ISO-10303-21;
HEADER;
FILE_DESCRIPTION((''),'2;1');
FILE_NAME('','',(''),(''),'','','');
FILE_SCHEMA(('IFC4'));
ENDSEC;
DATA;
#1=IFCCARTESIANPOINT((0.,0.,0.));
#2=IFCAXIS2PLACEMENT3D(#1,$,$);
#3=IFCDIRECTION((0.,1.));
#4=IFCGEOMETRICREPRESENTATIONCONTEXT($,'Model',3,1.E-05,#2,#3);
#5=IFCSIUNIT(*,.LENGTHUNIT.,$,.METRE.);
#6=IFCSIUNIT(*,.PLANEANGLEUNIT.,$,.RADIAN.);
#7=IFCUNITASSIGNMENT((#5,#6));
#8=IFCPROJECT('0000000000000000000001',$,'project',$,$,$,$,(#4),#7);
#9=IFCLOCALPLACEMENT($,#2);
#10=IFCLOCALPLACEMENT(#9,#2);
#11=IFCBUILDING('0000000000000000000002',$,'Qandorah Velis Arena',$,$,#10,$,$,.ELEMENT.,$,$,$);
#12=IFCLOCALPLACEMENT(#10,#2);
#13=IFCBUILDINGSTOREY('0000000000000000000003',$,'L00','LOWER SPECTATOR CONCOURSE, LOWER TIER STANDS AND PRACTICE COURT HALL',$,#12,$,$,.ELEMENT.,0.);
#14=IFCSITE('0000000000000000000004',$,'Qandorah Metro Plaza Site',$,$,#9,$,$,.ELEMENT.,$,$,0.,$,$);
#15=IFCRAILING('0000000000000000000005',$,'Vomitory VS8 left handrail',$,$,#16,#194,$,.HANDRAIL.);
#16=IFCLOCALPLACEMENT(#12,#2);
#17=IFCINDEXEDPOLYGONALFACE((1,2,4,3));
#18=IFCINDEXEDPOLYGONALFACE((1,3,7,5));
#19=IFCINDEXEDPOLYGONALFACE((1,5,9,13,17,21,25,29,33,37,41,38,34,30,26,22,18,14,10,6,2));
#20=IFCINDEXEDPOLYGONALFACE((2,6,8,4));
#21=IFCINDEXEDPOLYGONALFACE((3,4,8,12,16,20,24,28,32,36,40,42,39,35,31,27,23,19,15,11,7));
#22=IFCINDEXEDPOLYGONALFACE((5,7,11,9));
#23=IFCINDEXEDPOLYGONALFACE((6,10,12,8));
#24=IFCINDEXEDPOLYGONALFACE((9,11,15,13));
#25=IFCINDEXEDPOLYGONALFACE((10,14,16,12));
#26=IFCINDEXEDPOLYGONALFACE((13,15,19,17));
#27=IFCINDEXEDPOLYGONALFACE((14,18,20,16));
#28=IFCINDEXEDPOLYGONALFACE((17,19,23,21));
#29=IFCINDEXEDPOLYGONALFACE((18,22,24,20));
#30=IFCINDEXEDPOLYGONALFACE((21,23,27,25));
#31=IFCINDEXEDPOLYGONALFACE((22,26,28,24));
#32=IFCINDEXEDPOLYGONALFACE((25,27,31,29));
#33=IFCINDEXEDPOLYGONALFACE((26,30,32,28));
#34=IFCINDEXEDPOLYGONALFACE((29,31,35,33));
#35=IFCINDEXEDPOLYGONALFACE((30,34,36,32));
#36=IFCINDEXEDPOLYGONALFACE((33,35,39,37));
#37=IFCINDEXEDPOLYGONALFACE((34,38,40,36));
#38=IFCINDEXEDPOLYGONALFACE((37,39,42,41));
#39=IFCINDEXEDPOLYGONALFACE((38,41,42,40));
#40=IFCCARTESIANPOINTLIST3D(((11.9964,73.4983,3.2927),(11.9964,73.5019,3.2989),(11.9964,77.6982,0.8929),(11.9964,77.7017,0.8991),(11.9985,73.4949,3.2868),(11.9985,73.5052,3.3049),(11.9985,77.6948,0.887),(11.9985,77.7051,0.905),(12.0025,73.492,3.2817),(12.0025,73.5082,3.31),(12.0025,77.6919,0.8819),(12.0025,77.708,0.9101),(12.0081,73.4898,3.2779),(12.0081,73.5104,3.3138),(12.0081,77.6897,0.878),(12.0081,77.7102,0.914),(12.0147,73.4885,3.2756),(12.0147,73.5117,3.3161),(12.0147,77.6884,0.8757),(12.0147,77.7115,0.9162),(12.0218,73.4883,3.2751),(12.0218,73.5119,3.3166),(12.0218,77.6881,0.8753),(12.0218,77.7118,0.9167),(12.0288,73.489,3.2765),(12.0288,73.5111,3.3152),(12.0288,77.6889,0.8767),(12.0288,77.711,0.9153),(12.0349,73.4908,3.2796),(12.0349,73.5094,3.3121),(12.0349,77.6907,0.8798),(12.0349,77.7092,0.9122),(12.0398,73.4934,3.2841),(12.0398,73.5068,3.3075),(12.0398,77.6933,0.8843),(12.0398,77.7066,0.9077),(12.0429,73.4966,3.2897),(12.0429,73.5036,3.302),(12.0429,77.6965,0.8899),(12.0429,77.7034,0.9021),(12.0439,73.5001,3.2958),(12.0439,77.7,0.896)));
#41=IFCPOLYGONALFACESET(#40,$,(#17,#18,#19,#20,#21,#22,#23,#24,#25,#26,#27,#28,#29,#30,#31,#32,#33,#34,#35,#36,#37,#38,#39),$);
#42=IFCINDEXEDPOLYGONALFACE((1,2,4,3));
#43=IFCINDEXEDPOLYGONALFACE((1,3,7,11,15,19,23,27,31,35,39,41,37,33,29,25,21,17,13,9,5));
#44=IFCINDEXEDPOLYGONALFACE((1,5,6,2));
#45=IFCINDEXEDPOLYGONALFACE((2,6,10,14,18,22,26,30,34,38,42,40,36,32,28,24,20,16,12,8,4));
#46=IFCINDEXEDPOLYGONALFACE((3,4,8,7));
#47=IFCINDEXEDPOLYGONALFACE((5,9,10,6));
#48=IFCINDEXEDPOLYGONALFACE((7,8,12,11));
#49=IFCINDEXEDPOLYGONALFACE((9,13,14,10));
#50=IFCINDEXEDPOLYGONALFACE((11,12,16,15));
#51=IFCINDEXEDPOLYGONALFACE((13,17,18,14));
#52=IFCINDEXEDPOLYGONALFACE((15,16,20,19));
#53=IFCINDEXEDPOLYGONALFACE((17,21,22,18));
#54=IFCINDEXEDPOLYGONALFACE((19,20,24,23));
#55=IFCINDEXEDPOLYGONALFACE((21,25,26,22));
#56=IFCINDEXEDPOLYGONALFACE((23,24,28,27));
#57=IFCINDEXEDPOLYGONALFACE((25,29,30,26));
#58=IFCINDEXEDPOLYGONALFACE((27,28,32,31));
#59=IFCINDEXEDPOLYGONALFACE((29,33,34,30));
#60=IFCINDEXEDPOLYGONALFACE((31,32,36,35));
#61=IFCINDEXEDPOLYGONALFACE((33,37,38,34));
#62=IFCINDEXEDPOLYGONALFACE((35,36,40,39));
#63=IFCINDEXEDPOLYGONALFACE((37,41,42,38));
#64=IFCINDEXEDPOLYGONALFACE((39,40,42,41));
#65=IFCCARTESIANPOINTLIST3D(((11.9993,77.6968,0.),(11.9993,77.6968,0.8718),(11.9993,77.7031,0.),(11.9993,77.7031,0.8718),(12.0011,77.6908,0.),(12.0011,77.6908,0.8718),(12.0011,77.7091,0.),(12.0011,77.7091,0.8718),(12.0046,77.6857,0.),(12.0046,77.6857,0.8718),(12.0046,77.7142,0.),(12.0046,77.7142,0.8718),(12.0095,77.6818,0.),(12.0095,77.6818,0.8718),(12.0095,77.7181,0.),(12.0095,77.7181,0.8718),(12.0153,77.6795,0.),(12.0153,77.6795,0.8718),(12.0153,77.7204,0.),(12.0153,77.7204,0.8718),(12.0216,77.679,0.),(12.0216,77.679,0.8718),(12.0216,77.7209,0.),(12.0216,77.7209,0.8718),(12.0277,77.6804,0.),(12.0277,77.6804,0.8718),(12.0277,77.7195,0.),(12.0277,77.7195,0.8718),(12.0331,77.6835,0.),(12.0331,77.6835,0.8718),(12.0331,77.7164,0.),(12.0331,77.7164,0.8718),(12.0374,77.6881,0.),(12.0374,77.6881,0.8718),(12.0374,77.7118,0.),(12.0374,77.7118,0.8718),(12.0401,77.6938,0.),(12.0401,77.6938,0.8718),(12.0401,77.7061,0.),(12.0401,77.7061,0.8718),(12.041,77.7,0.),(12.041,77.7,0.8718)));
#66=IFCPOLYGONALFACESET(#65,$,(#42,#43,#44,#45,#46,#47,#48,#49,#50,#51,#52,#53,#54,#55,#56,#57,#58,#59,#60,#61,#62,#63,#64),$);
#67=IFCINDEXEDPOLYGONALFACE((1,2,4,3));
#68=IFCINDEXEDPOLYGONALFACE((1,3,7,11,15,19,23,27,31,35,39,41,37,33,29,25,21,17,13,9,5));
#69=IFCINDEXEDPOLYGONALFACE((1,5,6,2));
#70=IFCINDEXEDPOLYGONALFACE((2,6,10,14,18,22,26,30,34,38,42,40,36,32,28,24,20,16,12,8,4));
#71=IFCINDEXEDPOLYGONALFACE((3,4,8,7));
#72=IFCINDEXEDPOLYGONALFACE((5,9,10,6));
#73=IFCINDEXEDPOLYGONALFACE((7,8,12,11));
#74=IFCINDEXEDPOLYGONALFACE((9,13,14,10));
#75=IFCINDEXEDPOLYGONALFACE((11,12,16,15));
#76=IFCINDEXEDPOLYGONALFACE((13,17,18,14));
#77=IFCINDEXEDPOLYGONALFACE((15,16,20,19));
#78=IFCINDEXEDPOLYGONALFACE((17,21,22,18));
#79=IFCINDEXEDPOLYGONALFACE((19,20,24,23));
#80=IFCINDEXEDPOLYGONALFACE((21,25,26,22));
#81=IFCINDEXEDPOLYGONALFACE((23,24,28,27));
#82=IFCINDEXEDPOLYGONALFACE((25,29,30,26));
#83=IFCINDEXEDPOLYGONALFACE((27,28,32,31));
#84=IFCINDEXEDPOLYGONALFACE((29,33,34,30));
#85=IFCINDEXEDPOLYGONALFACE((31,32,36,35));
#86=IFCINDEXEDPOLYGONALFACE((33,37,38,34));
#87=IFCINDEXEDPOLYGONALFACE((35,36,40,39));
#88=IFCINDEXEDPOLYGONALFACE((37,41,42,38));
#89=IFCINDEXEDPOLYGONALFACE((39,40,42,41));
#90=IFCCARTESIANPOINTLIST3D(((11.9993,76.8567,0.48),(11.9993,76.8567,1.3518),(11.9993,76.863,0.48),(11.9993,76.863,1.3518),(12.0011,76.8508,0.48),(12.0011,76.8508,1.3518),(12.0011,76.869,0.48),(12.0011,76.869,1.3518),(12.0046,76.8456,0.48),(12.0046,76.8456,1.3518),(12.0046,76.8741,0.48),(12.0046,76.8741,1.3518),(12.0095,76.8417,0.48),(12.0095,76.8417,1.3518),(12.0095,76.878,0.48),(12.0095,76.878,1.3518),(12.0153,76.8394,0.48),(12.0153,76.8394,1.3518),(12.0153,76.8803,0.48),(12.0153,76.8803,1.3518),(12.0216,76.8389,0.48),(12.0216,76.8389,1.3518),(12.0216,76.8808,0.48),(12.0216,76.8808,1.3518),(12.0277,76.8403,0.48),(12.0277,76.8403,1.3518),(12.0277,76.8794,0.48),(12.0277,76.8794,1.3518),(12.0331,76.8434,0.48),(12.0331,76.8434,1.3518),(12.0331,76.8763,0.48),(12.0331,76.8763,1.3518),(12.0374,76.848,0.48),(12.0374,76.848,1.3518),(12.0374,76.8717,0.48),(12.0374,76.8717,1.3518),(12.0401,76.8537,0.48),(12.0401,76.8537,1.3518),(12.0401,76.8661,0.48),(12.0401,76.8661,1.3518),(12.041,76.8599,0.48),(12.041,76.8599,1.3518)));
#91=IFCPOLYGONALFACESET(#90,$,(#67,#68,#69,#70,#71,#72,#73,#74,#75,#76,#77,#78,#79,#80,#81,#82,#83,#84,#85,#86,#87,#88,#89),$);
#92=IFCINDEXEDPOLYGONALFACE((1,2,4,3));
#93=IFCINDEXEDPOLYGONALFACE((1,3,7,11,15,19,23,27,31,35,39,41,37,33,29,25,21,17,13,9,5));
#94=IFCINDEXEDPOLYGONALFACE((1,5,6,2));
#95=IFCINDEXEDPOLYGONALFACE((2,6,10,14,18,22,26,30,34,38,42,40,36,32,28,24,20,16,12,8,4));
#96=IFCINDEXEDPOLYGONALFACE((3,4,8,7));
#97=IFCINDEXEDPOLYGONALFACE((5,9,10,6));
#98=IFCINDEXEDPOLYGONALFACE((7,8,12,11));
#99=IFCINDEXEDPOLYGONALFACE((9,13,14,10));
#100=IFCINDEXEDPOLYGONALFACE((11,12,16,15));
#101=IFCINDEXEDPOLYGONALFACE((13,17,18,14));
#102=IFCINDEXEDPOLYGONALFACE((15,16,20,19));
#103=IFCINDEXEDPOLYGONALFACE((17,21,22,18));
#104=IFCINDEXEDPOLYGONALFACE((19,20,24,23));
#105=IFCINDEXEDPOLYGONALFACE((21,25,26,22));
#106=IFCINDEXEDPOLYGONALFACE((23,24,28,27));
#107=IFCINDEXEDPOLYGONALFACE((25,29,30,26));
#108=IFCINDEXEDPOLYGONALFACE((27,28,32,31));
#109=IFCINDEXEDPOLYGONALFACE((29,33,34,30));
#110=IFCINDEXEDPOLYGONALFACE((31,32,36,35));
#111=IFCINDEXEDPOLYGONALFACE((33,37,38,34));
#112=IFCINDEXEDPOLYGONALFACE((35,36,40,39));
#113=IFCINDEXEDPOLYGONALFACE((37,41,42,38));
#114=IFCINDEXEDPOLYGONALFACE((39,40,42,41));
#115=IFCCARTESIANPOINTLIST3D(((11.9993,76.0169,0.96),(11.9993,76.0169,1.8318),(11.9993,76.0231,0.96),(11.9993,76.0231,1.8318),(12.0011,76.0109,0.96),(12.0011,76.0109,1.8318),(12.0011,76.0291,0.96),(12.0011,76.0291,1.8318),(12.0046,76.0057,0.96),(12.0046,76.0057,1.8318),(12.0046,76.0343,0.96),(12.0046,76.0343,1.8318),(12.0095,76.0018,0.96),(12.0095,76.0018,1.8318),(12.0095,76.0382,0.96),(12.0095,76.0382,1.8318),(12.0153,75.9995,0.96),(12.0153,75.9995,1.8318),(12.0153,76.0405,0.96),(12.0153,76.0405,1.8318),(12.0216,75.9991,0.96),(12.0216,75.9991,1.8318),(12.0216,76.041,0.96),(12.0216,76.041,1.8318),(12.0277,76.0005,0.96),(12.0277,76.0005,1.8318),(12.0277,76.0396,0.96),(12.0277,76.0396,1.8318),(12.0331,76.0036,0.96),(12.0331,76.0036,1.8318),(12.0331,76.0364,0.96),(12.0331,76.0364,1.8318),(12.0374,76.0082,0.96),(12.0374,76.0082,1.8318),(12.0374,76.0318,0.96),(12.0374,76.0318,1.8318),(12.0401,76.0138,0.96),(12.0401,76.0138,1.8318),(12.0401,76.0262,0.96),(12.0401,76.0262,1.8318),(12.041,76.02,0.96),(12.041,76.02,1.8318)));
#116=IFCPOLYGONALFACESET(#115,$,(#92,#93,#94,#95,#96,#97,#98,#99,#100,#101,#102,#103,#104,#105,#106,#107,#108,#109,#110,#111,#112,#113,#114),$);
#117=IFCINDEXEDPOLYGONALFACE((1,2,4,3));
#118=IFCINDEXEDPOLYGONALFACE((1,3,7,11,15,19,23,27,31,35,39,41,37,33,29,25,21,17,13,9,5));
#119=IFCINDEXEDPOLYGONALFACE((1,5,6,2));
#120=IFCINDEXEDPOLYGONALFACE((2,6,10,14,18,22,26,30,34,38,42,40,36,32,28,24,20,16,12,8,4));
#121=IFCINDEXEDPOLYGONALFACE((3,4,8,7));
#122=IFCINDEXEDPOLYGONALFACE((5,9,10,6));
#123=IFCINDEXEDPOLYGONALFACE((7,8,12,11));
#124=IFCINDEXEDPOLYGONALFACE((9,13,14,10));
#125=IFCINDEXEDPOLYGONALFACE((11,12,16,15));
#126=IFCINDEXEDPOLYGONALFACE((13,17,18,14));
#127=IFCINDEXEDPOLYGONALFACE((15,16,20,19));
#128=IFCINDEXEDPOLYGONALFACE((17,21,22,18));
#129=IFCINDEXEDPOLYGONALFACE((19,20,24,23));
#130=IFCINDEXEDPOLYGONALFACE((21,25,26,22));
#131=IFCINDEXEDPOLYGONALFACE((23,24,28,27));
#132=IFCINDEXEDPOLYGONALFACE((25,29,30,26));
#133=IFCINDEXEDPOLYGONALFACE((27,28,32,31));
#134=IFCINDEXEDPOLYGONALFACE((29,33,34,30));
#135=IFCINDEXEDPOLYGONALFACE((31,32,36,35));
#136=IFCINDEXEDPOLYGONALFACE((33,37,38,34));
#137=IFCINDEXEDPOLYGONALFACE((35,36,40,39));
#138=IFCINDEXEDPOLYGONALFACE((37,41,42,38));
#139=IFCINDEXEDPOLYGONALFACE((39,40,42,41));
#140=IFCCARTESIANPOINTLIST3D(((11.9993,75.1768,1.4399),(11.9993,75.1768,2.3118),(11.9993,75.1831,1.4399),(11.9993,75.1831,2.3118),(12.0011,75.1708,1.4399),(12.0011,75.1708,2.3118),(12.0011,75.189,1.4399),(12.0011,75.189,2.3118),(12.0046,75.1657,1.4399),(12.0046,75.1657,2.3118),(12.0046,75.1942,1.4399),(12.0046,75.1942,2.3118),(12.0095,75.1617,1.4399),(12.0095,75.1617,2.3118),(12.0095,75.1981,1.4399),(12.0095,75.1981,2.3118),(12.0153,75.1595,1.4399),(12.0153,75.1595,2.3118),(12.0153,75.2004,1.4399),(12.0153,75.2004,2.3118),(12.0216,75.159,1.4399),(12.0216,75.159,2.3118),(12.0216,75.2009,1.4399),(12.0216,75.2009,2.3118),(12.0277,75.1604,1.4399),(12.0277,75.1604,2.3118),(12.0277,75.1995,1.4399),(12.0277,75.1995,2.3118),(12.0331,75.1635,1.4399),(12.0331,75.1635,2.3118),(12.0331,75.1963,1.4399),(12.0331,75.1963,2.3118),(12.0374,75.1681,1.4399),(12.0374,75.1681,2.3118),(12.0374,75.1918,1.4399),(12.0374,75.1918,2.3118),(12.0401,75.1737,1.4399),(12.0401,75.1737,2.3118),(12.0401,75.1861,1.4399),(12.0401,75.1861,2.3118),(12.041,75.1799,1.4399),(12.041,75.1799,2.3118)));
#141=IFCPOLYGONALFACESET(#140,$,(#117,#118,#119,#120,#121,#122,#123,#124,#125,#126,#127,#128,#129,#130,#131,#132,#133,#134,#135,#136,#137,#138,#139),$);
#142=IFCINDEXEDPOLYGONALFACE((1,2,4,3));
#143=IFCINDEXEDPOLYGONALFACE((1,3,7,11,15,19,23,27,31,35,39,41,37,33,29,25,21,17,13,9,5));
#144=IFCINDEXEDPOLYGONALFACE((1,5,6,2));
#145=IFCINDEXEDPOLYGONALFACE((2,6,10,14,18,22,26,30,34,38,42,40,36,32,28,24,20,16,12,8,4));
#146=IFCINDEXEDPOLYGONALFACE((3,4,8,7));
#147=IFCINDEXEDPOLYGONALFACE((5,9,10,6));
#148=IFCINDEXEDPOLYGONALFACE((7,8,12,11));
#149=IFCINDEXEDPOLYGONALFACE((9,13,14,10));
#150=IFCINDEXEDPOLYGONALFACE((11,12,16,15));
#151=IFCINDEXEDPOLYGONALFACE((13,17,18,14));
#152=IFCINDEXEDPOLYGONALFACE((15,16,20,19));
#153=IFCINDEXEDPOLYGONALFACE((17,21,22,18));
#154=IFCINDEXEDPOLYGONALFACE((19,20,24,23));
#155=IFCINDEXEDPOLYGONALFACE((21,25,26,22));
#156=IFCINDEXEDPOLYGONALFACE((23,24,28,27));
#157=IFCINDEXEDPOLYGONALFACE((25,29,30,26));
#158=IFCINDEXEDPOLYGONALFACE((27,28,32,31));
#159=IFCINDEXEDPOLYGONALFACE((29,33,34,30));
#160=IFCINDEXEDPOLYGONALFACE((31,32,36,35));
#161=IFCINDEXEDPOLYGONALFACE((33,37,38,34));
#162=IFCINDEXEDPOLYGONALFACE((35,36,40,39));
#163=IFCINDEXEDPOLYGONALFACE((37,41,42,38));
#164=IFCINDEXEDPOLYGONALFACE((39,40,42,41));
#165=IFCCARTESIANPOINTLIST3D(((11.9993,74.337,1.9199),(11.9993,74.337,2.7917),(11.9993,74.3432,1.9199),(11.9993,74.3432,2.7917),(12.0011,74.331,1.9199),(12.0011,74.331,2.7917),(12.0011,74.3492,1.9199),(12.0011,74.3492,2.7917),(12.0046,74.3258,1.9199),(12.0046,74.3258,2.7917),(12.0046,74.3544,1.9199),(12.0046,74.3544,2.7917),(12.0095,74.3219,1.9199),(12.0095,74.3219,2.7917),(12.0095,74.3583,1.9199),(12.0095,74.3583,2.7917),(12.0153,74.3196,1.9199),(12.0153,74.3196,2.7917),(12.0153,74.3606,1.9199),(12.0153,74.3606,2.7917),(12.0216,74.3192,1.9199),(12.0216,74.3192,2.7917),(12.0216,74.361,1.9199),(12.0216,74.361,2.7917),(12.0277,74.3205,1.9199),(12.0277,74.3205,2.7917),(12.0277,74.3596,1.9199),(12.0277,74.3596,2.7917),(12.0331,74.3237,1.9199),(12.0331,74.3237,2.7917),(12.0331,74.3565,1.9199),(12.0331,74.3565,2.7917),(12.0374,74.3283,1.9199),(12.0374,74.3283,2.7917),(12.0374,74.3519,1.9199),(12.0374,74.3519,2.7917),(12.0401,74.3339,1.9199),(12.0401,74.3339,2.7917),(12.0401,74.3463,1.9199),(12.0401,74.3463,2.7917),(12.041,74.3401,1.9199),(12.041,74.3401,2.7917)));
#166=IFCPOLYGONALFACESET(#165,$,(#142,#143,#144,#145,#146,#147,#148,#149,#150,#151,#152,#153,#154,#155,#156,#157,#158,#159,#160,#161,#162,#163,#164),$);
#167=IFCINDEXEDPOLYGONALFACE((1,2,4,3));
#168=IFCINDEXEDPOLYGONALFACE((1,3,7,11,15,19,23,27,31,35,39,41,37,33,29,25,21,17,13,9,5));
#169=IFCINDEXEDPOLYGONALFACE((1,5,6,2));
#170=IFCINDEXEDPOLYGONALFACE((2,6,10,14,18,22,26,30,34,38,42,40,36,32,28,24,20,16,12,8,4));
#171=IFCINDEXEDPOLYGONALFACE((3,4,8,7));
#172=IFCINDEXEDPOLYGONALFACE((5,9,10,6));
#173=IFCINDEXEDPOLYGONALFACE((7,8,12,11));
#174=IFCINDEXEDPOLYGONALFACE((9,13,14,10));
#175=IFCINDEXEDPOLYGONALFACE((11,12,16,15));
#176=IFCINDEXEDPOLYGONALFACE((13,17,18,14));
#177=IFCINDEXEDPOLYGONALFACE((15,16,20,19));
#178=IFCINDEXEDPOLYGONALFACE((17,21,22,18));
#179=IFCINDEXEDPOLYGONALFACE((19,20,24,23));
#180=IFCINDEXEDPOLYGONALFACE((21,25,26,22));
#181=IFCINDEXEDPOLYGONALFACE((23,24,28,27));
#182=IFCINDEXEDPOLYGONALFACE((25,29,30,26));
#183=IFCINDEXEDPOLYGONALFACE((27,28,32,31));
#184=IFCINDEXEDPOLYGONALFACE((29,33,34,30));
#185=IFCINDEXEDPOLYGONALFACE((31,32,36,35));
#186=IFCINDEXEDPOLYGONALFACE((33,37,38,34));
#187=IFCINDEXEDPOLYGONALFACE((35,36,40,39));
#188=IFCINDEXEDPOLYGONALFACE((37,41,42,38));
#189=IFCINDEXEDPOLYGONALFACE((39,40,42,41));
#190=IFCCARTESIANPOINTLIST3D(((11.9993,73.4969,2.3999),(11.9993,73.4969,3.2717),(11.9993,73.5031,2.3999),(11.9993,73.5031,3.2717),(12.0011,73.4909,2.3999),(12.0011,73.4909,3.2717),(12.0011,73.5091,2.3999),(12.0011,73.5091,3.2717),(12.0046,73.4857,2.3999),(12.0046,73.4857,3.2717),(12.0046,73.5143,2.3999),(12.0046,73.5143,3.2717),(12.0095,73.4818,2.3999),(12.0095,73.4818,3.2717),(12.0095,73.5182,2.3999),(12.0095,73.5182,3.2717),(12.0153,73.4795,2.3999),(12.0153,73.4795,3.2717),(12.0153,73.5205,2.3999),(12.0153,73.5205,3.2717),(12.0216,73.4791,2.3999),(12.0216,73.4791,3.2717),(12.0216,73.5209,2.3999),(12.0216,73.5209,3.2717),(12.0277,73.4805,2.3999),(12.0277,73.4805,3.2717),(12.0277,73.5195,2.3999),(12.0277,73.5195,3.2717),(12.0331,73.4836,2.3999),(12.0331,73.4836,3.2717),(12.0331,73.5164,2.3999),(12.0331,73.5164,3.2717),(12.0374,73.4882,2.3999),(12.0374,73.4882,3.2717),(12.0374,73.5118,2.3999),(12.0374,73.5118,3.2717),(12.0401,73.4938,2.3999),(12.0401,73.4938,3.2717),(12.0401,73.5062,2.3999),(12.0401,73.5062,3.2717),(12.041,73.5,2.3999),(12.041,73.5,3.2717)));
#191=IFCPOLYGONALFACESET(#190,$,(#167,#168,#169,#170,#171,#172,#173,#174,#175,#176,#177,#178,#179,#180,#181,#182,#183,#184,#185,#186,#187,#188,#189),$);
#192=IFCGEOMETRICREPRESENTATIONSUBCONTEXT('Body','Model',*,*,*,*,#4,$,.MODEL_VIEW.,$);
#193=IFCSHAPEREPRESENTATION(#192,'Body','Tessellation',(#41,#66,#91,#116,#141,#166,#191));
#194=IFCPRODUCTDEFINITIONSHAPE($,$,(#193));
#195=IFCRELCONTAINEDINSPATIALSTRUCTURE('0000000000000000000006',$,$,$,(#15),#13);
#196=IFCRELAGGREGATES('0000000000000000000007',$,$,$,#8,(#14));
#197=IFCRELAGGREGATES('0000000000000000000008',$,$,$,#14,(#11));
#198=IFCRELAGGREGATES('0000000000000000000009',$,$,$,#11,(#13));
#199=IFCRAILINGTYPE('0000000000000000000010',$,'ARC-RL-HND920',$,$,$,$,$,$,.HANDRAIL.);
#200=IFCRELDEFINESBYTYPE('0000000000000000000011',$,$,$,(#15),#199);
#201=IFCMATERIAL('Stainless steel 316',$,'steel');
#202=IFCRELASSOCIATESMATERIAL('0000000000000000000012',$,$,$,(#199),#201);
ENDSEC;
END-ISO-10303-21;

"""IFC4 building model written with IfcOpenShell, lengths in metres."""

from ifc_helpers import new_model, si_unit, direction, frame, origin, origin_2d, place, context, subcontext, project, spatial, circle, extrude, material, type_object, element, save


model = new_model("IFC4")

# Units and contexts
model_context = context("Model", 3, precision=1e-05, world=origin(), true_north=direction((0.0, 1.0)))
body_context = subcontext(model_context, "Body", "Model", "MODEL_VIEW")
ifc_project = project(units=[si_unit("LENGTHUNIT", "METRE"), si_unit("PLANEANGLEUNIT", "RADIAN")], contexts=[model_context])

# Site, building, storey
site_placement = place(None, origin())
site = spatial("IfcSite", under=ifc_project, at=site_placement, Name="Qandorah Metro Plaza Site", CompositionType="ELEMENT", RefElevation=0.0)
building_placement = place(site_placement, origin())
building = spatial("IfcBuilding", under=site, at=building_placement, Name="Qandorah Velis Arena", CompositionType="ELEMENT")
storey_placement = place(building_placement, origin())
storey = spatial("IfcBuildingStorey", under=building, at=storey_placement, Name="L00", Description="LOWER SPECTATOR CONCOURSE, LOWER TIER STANDS AND PRACTICE COURT HALL", CompositionType="ELEMENT", Elevation=0.0)

# Railing
ifc_material_1 = material(Name="Stainless steel 316", Category="steel")
railing_type_1 = type_object("IfcRailingType", Name="ARC-RL-HND920", PredefinedType="HANDRAIL", material=ifc_material_1)
for number, where, name in (
    (1, (12.02, 77.7, 0.0), "Vomitory VS8 left handrail"),
):
    element("IfcRailing", number, at=place(storey_placement, frame(where)), inside=storey, type_object=railing_type_1, Name=name, PredefinedType="HANDRAIL", context=body_context, shape_type="SweptSolid", body=[
        extrude(circle(Radius=0.0239, at=origin_2d()), frame((0.0, 0.0, 0.896), z_axis=(0.0, -0.868249, 0.496128), x_axis=(1.0, 0.0, 0.0)), (0.0, 0.0, 1.0), 4.8372),
        extrude(circle(Radius=0.021, at=origin_2d()), origin(), (0.0, 0.0, 1.0), 0.8718),
        extrude(circle(Radius=0.021, at=origin_2d()), frame((0.0, -0.8401, 0.48)), (0.0, 0.0, 1.0), 0.8718),
        extrude(circle(Radius=0.021, at=origin_2d()), frame((0.0, -1.6799, 0.96)), (0.0, 0.0, 1.0), 0.8718),
        extrude(circle(Radius=0.021, at=origin_2d()), frame((0.0, -2.52, 1.4399)), (0.0, 0.0, 1.0), 0.8718),
        extrude(circle(Radius=0.021, at=origin_2d()), frame((0.0, -3.3599, 1.9199)), (0.0, 0.0, 1.0), 0.8718),
        extrude(circle(Radius=0.021, at=origin_2d()), frame((0.0, -4.2, 2.3999)), (0.0, 0.0, 1.0), 0.8718),
    ])

save(model, "model.ifc")
